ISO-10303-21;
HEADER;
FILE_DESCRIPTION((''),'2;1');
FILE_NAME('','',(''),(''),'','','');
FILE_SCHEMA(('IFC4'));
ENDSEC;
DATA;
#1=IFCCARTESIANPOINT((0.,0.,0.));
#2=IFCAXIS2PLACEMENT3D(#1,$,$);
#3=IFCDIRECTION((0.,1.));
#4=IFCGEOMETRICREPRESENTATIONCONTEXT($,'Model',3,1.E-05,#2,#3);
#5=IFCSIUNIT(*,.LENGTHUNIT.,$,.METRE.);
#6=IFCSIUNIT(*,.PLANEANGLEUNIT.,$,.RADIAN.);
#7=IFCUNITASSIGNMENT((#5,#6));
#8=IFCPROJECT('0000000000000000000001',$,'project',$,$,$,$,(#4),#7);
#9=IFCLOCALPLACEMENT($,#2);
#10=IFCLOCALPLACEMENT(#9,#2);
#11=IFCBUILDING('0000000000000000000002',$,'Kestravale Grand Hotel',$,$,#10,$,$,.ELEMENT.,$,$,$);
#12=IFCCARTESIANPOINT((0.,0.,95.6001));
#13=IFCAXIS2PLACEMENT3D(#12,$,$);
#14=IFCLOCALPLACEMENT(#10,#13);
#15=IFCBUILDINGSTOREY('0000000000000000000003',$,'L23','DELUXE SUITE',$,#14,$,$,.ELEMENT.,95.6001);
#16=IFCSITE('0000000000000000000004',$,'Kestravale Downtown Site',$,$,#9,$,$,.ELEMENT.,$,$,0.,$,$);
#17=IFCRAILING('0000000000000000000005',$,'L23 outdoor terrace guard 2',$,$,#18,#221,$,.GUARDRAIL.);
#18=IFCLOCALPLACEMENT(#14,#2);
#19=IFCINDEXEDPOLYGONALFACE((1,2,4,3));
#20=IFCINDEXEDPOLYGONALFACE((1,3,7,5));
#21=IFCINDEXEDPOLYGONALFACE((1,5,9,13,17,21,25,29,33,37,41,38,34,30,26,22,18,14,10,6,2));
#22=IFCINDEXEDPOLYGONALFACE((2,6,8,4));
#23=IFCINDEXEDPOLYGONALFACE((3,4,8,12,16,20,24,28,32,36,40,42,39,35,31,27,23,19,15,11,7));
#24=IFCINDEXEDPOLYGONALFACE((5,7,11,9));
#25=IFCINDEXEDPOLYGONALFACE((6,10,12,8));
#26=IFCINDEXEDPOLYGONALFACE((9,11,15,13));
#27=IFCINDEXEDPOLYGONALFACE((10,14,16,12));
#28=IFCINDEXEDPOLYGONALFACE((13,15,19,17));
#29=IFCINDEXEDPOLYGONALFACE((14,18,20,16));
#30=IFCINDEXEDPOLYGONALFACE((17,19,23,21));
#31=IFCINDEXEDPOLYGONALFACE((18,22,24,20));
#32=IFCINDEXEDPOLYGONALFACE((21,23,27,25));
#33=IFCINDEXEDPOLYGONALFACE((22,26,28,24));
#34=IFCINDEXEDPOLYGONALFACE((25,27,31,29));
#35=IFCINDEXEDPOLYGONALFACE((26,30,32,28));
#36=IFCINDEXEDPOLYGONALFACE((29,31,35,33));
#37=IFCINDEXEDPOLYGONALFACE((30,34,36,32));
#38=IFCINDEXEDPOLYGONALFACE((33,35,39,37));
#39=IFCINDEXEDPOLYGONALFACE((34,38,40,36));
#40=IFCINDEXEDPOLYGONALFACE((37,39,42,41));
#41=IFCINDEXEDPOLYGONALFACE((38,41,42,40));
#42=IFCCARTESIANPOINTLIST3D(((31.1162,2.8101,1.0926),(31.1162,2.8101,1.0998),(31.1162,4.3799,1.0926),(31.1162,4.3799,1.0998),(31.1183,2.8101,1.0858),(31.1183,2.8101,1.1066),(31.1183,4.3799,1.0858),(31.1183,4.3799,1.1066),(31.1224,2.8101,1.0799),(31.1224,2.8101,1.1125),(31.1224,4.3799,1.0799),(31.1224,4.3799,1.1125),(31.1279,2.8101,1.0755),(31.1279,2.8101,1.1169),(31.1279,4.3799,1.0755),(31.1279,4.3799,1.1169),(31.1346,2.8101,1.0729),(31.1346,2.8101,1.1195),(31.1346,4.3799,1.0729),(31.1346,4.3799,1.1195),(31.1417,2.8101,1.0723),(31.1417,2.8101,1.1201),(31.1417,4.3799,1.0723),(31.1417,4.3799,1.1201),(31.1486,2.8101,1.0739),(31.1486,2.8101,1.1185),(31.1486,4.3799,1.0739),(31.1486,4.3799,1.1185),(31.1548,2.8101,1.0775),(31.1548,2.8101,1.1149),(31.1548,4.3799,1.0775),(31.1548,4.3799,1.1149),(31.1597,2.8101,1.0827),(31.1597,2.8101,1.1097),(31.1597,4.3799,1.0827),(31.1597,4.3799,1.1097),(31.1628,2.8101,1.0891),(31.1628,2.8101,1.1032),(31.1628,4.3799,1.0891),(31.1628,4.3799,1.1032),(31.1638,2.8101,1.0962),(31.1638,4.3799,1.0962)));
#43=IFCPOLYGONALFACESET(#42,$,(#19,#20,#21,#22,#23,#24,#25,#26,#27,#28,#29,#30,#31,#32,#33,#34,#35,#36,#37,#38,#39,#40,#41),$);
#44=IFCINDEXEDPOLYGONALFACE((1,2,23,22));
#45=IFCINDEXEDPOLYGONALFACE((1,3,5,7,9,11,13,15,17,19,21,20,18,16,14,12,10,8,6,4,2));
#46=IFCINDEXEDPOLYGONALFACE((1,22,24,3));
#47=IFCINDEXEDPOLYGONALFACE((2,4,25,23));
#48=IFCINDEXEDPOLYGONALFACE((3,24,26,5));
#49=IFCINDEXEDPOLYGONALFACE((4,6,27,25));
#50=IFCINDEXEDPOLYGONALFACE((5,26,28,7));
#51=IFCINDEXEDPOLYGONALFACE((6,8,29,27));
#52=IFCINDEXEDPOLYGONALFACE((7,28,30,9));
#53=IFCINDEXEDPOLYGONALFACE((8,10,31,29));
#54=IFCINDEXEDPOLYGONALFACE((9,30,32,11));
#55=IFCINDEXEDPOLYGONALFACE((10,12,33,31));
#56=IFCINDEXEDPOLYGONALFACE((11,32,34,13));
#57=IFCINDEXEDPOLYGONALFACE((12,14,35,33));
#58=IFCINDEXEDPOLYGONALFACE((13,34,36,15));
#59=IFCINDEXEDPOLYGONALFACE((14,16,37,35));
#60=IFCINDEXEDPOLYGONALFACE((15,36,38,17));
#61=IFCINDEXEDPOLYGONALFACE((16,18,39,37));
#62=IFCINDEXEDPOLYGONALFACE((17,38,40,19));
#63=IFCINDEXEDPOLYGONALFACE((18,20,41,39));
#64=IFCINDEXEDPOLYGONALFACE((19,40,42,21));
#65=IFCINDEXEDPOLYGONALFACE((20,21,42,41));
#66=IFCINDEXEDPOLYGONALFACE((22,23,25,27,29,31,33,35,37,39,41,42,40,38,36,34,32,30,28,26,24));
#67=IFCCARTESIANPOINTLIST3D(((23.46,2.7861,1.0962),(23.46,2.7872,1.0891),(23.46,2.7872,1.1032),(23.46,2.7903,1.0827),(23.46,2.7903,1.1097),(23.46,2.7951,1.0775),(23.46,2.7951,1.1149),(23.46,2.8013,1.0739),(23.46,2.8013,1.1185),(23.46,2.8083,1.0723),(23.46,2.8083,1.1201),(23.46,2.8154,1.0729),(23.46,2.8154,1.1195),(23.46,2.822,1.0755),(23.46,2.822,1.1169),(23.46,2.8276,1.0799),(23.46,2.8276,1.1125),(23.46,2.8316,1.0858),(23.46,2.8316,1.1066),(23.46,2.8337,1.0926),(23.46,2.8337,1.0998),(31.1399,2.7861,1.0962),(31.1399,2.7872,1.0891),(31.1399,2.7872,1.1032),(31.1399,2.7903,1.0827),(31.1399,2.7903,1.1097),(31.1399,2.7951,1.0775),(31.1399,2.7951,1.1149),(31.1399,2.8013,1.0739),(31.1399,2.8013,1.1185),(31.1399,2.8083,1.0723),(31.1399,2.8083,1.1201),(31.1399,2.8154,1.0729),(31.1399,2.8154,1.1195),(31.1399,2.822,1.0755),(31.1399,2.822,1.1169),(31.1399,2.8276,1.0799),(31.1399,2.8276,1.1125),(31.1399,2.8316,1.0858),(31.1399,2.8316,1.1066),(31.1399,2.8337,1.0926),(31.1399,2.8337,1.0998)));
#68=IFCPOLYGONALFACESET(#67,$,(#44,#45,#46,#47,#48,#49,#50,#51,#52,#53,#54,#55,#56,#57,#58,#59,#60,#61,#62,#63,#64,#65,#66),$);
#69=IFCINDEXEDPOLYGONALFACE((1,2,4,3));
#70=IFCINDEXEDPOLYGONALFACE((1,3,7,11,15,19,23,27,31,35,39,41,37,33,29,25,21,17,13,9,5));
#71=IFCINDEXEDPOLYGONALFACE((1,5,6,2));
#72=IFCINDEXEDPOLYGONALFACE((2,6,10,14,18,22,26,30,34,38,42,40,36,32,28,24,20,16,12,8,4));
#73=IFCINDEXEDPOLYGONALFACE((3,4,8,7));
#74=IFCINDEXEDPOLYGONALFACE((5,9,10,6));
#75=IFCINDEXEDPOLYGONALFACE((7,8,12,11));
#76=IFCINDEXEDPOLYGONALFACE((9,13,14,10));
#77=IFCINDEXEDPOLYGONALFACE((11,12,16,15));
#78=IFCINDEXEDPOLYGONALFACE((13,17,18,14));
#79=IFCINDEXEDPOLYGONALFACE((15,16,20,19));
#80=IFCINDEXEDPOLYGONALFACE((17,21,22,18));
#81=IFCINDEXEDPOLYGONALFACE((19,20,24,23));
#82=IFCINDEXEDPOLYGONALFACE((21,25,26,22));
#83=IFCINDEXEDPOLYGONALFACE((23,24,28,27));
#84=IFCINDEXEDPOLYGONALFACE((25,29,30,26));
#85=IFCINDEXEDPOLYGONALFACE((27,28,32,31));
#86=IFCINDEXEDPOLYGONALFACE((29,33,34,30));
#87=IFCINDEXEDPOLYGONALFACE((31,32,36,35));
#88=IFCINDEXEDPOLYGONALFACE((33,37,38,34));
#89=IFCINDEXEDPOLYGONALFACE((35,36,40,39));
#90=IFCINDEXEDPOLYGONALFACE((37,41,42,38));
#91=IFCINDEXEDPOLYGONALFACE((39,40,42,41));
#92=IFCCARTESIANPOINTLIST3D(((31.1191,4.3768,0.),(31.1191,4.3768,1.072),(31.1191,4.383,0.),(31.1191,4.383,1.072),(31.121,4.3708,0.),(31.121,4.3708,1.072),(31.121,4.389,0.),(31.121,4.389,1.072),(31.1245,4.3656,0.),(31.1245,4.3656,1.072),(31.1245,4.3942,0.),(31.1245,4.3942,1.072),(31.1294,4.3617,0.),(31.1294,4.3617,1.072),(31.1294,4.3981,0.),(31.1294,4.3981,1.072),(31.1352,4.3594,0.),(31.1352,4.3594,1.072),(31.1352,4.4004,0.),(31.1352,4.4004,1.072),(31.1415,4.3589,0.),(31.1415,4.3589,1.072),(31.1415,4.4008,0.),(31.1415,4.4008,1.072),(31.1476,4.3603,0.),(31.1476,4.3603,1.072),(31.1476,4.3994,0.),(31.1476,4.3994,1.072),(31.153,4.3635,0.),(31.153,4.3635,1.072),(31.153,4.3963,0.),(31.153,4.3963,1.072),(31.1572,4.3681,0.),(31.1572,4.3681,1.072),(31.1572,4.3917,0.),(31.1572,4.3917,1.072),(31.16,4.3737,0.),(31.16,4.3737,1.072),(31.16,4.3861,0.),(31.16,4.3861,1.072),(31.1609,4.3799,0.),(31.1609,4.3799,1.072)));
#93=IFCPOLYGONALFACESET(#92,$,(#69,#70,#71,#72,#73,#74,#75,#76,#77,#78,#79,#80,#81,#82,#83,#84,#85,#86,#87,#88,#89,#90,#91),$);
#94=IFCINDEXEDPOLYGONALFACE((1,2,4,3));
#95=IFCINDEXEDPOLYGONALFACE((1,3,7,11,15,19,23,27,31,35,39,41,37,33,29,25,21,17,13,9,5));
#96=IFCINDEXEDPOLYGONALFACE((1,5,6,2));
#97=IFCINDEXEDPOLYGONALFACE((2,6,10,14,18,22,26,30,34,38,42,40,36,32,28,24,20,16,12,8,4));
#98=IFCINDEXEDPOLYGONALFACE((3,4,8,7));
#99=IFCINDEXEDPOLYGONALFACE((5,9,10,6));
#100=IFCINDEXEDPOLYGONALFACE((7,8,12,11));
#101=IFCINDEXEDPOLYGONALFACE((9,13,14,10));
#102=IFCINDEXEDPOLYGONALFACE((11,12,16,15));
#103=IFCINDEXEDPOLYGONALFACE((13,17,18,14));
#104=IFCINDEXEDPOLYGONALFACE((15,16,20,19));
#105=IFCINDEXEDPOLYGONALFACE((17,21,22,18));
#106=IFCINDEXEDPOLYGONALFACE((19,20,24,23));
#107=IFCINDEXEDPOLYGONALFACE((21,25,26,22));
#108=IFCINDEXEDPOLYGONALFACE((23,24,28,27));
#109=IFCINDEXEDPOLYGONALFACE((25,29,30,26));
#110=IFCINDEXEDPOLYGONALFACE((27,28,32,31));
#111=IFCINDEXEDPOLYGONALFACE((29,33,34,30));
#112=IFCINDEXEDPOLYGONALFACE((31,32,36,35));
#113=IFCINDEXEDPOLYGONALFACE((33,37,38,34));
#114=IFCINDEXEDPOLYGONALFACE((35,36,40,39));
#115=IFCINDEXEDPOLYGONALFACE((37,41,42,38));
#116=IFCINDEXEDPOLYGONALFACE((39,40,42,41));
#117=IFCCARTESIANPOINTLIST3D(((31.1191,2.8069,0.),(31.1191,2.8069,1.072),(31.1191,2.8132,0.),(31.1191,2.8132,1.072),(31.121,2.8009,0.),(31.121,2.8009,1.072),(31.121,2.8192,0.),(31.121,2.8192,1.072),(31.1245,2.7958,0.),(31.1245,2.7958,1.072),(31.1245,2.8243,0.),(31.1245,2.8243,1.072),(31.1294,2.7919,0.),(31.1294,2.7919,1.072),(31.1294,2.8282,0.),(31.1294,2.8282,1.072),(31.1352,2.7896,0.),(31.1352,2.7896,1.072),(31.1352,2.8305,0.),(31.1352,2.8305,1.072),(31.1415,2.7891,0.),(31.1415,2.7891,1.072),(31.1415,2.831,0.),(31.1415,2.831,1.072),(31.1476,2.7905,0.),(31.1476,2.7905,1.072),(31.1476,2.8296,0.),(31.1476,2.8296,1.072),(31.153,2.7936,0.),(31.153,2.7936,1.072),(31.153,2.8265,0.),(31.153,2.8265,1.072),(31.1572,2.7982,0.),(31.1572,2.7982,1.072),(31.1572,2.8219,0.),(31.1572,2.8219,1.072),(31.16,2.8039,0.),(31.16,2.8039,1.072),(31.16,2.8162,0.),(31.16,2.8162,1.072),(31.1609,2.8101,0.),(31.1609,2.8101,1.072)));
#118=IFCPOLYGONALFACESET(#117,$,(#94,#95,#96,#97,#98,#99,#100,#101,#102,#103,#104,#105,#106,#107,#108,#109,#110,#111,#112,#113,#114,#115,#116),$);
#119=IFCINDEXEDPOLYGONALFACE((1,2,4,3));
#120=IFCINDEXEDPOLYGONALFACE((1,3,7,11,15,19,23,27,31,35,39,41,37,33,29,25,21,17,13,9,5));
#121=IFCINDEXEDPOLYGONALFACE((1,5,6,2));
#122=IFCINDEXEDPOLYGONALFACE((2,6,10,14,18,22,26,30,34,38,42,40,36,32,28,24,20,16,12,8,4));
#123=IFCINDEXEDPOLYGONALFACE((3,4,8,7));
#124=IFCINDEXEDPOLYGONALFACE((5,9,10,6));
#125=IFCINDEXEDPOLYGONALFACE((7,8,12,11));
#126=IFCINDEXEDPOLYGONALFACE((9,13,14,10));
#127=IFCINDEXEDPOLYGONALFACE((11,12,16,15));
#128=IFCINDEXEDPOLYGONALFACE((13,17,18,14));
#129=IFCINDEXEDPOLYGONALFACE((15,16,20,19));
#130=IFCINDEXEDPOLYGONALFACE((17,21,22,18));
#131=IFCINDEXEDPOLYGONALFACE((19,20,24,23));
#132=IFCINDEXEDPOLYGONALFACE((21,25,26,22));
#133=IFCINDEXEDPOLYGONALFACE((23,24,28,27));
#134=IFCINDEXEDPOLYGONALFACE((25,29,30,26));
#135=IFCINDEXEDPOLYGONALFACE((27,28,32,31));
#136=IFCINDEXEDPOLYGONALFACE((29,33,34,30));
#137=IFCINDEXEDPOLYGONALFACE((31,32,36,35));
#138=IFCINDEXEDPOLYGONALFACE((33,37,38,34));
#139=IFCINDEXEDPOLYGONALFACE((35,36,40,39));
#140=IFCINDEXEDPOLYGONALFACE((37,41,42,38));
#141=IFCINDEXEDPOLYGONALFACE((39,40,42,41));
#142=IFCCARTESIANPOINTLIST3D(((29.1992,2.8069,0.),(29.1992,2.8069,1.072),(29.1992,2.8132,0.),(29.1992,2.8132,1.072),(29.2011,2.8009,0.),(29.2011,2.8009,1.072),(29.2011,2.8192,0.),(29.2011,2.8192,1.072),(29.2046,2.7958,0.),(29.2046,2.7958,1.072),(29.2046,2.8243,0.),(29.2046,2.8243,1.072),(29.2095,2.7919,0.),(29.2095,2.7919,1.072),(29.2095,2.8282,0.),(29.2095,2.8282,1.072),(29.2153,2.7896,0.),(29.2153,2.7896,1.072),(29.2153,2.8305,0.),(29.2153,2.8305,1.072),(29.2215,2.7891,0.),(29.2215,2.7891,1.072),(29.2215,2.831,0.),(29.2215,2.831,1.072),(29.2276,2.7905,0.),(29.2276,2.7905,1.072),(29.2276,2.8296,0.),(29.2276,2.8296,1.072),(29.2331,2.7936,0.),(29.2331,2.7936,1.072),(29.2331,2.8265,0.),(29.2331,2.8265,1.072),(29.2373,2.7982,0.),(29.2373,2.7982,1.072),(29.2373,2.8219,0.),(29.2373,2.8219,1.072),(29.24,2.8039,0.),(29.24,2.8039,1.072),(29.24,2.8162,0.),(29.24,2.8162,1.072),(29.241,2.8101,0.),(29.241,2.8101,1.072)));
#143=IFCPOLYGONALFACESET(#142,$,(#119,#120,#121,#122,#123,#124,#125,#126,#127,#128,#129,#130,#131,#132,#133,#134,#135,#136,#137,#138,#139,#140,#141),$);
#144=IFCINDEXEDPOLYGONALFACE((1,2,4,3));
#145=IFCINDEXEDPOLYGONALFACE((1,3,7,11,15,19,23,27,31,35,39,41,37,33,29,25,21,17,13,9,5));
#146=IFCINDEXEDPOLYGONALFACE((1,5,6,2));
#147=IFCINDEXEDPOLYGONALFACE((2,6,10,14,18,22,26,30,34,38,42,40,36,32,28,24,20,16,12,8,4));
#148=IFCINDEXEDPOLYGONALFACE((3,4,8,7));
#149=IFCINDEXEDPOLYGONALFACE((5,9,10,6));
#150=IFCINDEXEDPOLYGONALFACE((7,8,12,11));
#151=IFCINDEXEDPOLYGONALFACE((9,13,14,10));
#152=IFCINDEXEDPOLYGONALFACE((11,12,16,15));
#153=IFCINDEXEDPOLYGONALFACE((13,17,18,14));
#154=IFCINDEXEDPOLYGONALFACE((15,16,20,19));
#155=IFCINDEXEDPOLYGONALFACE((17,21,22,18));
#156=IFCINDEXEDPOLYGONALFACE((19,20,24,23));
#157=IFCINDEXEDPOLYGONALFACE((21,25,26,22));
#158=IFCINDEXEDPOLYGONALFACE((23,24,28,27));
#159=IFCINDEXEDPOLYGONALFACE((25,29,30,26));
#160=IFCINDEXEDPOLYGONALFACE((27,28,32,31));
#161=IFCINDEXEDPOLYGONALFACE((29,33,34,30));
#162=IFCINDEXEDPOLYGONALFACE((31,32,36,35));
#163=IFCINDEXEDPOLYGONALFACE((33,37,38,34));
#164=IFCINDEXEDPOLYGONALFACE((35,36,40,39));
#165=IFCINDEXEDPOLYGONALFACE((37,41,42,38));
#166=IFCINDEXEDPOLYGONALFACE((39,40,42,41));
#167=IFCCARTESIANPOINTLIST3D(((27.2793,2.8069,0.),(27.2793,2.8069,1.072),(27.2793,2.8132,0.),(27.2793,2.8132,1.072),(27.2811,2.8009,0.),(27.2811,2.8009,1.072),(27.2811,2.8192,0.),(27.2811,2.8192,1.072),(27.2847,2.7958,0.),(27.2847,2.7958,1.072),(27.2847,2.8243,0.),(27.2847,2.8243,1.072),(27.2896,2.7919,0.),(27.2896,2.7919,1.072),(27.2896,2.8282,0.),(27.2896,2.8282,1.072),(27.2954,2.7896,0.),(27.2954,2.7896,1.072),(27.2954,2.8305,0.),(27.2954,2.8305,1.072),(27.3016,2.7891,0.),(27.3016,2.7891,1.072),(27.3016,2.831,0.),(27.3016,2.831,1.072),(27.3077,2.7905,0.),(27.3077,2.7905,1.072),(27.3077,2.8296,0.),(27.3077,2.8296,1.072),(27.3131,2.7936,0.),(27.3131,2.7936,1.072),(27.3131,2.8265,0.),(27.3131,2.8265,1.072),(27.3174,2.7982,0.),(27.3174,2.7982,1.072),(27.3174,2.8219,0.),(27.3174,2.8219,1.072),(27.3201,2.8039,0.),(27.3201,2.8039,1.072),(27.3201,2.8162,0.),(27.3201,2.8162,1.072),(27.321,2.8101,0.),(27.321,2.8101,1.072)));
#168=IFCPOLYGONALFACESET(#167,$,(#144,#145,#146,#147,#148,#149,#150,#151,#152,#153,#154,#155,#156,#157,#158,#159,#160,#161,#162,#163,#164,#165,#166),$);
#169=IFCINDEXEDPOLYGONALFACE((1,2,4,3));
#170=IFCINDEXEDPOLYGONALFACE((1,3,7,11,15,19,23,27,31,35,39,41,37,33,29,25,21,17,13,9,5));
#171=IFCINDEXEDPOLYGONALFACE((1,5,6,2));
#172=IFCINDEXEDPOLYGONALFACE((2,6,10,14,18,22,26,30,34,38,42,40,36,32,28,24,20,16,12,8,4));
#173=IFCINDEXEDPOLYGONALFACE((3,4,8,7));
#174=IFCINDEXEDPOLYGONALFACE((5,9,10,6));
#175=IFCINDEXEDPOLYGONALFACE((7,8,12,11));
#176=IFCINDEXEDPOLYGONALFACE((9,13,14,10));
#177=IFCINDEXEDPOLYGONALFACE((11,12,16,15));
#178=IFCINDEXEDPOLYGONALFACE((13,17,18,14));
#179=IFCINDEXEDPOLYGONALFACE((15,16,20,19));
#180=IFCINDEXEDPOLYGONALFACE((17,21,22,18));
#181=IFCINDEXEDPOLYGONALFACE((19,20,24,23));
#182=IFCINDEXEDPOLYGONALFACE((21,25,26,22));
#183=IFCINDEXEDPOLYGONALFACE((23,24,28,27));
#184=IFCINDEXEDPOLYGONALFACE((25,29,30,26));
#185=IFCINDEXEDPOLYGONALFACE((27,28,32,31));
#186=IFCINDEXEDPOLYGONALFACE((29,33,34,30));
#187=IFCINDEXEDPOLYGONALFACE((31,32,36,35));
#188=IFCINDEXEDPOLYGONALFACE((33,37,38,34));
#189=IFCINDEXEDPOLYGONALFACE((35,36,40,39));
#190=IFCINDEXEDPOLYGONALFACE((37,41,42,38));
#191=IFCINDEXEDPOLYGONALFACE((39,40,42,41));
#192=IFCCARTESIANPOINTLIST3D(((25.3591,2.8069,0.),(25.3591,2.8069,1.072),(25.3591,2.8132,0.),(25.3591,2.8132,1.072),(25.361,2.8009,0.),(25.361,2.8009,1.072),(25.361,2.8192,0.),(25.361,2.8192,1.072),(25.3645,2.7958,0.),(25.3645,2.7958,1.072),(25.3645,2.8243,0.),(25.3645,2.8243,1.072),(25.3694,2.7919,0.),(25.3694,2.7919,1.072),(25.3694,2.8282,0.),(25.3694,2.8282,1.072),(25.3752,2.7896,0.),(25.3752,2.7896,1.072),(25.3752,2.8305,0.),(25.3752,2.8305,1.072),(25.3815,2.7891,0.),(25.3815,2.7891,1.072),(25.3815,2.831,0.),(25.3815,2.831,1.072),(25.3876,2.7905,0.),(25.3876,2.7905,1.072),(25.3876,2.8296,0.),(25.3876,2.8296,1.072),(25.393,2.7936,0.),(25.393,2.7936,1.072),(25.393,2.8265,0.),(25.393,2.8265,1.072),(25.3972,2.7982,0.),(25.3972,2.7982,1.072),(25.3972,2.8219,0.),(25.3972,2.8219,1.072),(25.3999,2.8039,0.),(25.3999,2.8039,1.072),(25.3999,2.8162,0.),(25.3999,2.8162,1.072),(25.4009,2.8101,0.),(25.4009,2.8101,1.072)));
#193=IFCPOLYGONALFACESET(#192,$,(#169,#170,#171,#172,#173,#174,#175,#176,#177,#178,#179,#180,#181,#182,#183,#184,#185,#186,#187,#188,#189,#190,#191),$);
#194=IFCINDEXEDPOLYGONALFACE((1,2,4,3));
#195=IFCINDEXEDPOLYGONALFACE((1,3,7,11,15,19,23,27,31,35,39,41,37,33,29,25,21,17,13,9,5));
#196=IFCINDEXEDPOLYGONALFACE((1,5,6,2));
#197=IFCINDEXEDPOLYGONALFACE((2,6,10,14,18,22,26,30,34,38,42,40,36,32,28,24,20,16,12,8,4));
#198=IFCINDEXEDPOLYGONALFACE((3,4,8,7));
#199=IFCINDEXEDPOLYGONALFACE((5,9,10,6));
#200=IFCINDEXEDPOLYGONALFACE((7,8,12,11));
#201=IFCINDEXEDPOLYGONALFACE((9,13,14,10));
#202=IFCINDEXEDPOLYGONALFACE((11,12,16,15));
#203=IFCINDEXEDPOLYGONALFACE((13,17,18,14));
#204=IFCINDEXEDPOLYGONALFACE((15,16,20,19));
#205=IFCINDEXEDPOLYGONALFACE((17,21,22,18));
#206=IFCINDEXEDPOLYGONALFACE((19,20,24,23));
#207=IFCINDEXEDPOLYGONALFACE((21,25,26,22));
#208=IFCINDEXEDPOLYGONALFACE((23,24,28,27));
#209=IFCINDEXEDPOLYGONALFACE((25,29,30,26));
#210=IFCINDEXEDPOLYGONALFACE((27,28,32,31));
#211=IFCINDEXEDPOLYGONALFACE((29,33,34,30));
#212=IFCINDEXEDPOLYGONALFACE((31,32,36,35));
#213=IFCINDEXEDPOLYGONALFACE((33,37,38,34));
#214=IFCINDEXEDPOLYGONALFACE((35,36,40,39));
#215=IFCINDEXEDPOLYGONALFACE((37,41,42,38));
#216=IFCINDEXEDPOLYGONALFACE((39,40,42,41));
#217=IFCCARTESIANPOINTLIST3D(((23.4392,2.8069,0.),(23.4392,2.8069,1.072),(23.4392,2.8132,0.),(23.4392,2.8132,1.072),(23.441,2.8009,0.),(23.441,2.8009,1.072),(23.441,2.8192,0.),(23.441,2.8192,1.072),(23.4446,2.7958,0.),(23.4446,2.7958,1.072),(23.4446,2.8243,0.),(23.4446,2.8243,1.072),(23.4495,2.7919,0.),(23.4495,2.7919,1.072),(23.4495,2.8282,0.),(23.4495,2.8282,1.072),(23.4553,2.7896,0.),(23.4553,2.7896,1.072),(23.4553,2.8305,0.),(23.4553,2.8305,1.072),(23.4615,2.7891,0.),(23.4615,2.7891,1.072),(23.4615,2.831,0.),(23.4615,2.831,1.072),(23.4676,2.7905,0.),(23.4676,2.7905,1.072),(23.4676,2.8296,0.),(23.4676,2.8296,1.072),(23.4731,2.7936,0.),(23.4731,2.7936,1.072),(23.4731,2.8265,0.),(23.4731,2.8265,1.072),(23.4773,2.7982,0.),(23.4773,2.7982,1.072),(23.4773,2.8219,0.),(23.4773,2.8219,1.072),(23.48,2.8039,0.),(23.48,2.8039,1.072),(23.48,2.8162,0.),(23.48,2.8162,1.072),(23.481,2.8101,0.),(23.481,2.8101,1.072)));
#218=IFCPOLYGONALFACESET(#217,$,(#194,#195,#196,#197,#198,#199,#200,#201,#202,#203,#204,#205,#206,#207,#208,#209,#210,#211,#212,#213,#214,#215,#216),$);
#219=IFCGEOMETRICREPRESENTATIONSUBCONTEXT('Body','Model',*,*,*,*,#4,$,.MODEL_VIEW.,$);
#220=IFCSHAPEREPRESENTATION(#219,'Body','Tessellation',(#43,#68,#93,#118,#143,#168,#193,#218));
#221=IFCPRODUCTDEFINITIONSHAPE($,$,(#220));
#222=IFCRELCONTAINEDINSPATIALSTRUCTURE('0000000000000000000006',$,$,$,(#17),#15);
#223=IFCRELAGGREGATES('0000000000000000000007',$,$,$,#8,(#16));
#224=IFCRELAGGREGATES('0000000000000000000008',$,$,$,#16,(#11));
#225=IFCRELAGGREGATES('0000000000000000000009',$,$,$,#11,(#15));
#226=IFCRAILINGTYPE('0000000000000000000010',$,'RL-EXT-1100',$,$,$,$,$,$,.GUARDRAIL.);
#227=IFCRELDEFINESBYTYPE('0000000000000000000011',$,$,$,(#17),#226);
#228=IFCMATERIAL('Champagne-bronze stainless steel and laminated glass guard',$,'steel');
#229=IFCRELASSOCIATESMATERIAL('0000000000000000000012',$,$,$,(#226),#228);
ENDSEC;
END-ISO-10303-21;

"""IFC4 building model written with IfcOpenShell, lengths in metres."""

from ifc_helpers import new_model, si_unit, direction, frame, origin, origin_2d, place, context, subcontext, project, spatial, circle, extrude, material, type_object, element, save


model = new_model("IFC4")

# Units and contexts
model_context = context("Model", 3, precision=1e-05, world=origin(), true_north=direction((0.0, 1.0)))
body_context = subcontext(model_context, "Body", "Model", "MODEL_VIEW")
ifc_project = project(units=[si_unit("LENGTHUNIT", "METRE"), si_unit("PLANEANGLEUNIT", "RADIAN")], contexts=[model_context])

# Site, building, storey
site_placement = place(None, origin())
site = spatial("IfcSite", under=ifc_project, at=site_placement, Name="Kestravale Downtown Site", CompositionType="ELEMENT", RefElevation=0.0)
building_placement = place(site_placement, origin())
building = spatial("IfcBuilding", under=site, at=building_placement, Name="Kestravale Grand Hotel", CompositionType="ELEMENT")
storey_placement = place(building_placement, frame((0.0, 0.0, 95.6001)))
storey = spatial("IfcBuildingStorey", under=building, at=storey_placement, Name="L23", Description="DELUXE SUITE", CompositionType="ELEMENT", Elevation=95.6001)

# Railing
ifc_material_1 = material(Name="Champagne-bronze stainless steel and laminated glass guard", Category="steel")
railing_type = type_object("IfcRailingType", Name="RL-EXT-1100", PredefinedType="GUARDRAIL", material=ifc_material_1)
railing_1_placement = place(storey_placement, frame((31.1399, 4.3799, 0.0)))
element("IfcRailing", 1, at=railing_1_placement, inside=storey, type_object=railing_type, Name="L23 outdoor terrace guard 2", PredefinedType="GUARDRAIL", context=body_context, shape_type="SweptSolid", body=[
    extrude(circle(Radius=0.0239, at=origin_2d()), frame((0.0, 0.0, 1.0962), z_axis=(0.0, -1.0, 0.0), x_axis=(1.0, 0.0, 0.0)), (0.0, 0.0, 1.0), 1.5698),
    extrude(circle(Radius=0.0239, at=origin_2d()), frame((0.0, -1.5698, 1.0962), z_axis=(-1.0, 0.0, 0.0), x_axis=(0.0, -1.0, 0.0)), (0.0, 0.0, 1.0), 7.6799),
    extrude(circle(Radius=0.021, at=origin_2d()), origin(), (0.0, 0.0, 1.0), 1.072),
    extrude(circle(Radius=0.021, at=origin_2d()), frame((0.0, -1.5698, 0.0)), (0.0, 0.0, 1.0), 1.072),
    extrude(circle(Radius=0.021, at=origin_2d()), frame((-1.9199, -1.5698, 0.0)), (0.0, 0.0, 1.0), 1.072),
    extrude(circle(Radius=0.021, at=origin_2d()), frame((-3.8398, -1.5698, 0.0)), (0.0, 0.0, 1.0), 1.072),
    extrude(circle(Radius=0.021, at=origin_2d()), frame((-5.76, -1.5698, 0.0)), (0.0, 0.0, 1.0), 1.072),
    extrude(circle(Radius=0.021, at=origin_2d()), frame((-7.6799, -1.5698, 0.0)), (0.0, 0.0, 1.0), 1.072),
])

save(model, "model.ifc")
